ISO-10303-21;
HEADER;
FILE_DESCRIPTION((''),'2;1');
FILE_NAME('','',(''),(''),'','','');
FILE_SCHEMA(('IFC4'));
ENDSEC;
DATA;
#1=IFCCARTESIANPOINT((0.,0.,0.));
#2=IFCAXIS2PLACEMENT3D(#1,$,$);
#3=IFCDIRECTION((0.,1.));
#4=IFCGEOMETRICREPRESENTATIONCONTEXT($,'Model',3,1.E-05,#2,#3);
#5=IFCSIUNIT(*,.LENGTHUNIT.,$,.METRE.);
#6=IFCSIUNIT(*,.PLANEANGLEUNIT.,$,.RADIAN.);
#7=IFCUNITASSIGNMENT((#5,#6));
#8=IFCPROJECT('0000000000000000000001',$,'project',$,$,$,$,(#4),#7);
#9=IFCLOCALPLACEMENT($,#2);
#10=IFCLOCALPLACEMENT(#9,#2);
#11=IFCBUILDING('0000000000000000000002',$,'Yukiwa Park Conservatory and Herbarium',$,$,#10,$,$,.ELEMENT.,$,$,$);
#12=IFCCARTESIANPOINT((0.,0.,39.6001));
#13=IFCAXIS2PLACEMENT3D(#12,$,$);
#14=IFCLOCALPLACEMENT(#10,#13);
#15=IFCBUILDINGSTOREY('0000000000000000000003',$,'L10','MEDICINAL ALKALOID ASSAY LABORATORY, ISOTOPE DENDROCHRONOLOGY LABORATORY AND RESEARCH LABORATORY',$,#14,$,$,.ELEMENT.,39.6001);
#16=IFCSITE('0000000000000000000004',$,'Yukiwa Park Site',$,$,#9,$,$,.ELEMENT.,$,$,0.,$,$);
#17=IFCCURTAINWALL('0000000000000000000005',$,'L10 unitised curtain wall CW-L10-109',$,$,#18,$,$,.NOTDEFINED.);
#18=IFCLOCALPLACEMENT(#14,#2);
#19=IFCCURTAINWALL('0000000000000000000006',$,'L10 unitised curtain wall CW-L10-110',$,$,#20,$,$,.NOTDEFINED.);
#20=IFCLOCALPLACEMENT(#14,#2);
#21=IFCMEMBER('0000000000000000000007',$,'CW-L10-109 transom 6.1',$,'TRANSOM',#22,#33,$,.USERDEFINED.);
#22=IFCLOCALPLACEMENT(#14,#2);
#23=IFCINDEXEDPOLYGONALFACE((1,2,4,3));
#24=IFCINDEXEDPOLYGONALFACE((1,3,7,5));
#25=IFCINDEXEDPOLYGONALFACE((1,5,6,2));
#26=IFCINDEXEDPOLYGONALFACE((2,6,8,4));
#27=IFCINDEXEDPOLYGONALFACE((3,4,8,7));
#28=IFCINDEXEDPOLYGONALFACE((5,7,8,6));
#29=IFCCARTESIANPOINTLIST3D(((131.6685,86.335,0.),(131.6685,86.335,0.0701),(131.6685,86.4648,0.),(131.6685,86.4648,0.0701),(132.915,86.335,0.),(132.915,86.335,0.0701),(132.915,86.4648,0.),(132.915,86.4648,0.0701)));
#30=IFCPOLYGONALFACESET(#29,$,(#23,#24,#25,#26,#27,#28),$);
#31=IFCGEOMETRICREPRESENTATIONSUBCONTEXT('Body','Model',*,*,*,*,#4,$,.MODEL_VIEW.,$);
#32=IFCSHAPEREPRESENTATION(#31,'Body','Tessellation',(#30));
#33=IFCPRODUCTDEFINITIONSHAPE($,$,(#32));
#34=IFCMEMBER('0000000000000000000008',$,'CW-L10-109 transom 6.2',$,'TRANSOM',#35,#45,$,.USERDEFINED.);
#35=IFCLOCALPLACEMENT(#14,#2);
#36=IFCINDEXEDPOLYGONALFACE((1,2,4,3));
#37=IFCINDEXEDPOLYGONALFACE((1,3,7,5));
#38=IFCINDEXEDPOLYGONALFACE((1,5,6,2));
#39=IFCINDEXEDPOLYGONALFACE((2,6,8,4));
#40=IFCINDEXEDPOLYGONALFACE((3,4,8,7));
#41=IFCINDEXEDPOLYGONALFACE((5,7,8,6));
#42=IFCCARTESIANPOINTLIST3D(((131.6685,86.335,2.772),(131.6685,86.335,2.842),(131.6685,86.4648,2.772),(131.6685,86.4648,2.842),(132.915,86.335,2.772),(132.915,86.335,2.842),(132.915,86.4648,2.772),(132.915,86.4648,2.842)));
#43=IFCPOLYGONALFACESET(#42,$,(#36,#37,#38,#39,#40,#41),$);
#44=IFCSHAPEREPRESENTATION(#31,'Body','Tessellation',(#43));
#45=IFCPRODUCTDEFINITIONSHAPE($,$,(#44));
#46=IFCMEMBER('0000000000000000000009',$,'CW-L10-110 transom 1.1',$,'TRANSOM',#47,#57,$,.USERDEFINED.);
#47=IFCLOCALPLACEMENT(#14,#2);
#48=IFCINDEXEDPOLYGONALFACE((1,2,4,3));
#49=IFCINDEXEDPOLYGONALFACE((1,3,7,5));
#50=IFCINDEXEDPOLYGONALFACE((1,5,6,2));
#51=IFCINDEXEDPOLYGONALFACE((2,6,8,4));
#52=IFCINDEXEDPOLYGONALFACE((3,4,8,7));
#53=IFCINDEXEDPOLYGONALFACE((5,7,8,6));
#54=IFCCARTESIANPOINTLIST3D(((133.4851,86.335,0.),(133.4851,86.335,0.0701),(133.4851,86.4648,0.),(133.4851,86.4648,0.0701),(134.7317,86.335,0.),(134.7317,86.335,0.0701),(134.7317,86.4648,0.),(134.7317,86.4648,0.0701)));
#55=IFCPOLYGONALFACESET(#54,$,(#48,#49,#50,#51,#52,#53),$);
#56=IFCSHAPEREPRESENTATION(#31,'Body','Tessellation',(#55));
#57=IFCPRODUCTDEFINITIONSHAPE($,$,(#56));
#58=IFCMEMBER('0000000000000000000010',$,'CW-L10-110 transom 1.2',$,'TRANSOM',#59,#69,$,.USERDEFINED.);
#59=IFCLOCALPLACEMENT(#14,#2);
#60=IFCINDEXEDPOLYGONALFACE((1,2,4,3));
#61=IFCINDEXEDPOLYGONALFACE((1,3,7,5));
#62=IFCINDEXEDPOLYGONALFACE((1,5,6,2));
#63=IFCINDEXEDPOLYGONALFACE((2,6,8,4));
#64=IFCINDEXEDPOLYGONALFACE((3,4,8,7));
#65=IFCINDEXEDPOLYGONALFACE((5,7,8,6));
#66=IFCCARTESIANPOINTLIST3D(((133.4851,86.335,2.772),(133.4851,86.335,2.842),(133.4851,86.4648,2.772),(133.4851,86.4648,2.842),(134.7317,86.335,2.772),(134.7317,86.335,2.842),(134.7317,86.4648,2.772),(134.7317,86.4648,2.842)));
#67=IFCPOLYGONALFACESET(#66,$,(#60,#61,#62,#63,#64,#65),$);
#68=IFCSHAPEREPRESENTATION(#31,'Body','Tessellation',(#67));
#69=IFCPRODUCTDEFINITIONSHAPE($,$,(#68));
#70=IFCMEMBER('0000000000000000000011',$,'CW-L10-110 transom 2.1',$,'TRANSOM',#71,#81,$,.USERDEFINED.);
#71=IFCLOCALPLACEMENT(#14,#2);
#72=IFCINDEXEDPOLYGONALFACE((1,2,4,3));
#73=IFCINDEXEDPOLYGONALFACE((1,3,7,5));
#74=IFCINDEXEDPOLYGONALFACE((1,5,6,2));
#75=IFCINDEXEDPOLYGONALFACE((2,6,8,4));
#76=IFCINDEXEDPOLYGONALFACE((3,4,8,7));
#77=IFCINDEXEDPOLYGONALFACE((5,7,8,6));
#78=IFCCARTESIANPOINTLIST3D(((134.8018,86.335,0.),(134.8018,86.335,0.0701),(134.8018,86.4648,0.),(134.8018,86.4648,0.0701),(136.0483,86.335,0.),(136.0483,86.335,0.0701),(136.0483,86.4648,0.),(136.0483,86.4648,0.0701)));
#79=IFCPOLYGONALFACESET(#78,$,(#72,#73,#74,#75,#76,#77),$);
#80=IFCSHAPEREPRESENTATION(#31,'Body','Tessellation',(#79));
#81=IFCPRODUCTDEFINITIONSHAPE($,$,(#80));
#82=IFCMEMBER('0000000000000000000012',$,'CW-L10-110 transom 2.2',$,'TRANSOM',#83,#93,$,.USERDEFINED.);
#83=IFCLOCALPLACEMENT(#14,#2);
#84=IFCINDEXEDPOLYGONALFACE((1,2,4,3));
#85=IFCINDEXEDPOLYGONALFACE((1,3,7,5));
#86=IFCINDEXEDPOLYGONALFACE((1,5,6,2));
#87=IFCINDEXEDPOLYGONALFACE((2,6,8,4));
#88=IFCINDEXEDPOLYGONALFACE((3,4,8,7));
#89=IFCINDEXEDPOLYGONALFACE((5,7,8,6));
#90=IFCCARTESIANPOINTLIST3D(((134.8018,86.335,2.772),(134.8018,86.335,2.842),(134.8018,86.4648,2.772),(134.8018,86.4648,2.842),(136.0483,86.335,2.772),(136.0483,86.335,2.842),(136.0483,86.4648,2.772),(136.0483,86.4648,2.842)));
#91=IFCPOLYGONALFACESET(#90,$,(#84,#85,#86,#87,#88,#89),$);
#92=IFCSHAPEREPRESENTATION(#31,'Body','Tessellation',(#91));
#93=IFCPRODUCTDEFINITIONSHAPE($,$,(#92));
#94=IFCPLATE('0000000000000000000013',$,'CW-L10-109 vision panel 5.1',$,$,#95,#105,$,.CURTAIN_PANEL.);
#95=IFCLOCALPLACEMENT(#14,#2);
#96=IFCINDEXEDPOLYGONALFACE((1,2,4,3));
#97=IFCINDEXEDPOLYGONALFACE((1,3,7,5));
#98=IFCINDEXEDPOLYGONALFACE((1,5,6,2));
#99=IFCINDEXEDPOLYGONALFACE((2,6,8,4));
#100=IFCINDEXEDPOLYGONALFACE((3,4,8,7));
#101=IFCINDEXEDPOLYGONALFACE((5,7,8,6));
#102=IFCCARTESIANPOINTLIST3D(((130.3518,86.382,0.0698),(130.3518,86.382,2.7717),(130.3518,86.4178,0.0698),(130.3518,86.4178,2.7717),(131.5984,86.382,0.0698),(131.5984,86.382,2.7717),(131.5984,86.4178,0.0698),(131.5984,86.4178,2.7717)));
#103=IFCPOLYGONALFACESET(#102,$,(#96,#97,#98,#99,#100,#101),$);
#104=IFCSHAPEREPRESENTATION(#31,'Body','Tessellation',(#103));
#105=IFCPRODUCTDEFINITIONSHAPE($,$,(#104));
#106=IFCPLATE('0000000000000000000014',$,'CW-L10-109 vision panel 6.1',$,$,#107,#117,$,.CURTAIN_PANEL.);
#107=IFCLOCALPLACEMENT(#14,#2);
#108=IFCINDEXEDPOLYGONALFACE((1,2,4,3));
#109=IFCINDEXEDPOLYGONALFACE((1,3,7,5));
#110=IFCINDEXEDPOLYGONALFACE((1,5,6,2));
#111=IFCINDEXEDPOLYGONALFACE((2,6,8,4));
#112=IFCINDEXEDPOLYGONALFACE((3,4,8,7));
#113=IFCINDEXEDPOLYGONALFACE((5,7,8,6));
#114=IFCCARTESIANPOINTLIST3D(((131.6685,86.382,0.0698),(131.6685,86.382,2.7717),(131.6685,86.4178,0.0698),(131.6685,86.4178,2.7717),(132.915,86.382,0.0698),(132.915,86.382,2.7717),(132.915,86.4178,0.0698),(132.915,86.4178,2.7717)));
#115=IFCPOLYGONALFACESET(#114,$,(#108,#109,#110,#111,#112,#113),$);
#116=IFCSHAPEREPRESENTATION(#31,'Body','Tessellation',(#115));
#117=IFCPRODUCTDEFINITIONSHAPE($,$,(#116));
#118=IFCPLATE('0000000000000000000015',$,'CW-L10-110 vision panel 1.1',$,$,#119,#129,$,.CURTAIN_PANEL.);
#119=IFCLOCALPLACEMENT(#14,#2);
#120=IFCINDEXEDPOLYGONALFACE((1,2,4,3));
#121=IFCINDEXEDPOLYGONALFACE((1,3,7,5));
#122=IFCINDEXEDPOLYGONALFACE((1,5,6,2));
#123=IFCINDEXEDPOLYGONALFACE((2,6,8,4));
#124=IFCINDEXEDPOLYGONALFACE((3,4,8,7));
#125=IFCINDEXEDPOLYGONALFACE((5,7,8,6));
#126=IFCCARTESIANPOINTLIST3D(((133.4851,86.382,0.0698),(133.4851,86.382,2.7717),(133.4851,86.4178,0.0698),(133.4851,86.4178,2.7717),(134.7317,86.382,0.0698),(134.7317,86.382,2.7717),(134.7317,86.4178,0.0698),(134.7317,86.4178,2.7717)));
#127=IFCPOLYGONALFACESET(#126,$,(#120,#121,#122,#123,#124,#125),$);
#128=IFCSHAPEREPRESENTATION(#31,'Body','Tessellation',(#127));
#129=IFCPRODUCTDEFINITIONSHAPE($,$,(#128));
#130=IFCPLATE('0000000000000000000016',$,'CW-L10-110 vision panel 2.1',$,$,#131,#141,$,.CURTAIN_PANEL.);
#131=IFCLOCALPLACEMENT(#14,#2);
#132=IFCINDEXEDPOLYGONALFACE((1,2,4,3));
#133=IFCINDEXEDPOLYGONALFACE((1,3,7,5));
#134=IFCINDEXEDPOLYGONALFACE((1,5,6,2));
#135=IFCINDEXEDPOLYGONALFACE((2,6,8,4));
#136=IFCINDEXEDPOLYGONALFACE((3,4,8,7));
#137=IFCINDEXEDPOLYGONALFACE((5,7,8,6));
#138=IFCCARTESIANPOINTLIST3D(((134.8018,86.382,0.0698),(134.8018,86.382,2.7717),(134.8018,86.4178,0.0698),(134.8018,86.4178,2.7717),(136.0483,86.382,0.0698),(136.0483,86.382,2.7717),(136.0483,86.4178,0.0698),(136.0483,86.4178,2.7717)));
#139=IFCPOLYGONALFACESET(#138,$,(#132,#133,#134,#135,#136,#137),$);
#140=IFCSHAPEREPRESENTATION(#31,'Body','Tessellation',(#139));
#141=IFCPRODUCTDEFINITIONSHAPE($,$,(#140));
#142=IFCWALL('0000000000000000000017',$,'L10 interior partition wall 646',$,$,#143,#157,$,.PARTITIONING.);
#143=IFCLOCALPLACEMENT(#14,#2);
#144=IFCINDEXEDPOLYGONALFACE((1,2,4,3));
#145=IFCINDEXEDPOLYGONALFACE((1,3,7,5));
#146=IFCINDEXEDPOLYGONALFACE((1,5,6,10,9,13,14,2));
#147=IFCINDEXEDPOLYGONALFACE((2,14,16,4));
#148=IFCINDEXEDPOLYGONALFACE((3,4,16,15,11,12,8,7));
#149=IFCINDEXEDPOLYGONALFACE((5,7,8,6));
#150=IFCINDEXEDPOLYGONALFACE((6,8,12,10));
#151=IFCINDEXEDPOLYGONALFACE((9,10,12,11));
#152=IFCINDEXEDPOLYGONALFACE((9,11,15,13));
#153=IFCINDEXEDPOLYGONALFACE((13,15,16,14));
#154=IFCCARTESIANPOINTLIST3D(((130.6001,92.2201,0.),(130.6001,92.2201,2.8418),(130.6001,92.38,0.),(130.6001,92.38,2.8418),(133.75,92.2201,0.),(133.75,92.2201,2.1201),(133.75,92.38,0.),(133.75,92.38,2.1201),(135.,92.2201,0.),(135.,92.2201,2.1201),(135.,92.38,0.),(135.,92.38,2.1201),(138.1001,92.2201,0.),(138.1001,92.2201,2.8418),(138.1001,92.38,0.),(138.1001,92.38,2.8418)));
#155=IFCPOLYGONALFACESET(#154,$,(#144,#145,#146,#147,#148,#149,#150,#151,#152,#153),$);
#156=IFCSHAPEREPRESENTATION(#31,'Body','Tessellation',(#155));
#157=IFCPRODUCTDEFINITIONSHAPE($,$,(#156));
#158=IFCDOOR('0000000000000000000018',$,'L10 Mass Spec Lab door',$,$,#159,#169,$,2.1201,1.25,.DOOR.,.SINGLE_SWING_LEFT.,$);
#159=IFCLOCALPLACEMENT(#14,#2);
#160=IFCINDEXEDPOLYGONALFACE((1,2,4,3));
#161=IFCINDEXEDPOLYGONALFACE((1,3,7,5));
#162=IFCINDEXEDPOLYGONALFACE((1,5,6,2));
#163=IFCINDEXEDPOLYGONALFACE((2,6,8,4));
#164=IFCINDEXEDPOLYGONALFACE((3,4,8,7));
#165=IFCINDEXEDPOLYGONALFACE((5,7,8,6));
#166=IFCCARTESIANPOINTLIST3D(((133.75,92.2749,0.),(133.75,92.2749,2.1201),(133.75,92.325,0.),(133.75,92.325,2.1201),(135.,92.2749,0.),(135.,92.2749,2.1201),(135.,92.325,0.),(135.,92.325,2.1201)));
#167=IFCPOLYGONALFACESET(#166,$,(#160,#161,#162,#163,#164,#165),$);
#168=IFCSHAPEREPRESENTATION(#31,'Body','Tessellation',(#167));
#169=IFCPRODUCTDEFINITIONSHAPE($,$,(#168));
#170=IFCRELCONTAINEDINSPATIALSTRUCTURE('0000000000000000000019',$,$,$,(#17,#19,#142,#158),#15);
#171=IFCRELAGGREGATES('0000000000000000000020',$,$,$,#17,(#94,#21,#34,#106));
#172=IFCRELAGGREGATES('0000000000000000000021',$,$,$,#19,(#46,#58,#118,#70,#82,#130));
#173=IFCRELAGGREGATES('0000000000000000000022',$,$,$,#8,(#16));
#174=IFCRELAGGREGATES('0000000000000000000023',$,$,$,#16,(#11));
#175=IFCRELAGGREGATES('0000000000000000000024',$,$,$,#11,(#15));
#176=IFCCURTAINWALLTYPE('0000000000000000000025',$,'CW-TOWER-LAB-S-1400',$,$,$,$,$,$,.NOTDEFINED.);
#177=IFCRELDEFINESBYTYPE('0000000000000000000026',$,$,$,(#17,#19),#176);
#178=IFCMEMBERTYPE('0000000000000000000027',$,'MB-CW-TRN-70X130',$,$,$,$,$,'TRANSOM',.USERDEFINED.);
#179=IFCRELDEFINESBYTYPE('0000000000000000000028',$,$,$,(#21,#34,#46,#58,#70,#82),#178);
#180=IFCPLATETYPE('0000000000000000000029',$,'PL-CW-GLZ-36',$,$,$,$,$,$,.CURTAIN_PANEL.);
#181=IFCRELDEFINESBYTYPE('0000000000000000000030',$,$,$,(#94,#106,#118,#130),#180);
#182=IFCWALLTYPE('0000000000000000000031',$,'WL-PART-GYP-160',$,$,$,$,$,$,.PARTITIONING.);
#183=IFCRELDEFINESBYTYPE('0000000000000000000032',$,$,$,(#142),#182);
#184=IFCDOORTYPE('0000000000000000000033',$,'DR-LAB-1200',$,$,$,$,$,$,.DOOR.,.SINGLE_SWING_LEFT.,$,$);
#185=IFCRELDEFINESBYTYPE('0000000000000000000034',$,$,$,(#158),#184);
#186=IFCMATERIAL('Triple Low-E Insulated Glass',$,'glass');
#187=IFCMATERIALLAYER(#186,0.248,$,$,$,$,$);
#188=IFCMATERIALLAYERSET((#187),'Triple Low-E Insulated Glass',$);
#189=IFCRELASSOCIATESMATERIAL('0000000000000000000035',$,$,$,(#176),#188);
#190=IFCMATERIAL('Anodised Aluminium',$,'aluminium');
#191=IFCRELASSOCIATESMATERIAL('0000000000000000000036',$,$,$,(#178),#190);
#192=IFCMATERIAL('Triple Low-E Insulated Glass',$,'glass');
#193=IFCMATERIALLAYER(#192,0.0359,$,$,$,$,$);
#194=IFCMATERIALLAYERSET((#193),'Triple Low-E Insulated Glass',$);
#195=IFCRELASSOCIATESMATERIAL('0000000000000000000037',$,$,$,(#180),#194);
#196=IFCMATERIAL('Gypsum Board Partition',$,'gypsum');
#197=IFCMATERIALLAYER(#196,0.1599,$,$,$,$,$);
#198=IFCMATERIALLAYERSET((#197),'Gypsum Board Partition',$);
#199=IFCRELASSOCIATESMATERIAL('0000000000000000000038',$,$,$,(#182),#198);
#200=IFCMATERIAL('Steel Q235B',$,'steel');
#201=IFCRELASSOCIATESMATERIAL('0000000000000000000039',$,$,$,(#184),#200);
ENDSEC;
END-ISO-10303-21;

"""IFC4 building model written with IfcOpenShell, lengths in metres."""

from ifc_helpers import new_model, si_unit, direction, frame, frame_2d, origin, origin_2d, place, context, subcontext, project, spatial, rectangle, extrude, material, layer, layer_set, type_object, element, fill, aggregate, save


model = new_model("IFC4")

# Units and contexts
model_context = context("Model", 3, precision=1e-05, world=origin(), true_north=direction((0.0, 1.0)))
body_context = subcontext(model_context, "Body", "Model", "MODEL_VIEW")
ifc_project = project(units=[si_unit("LENGTHUNIT", "METRE"), si_unit("PLANEANGLEUNIT", "RADIAN")], contexts=[model_context])

# Site, building, storey
site_placement = place(None, origin())
site = spatial("IfcSite", under=ifc_project, at=site_placement, Name="Yukiwa Park Site", CompositionType="ELEMENT", RefElevation=0.0)
building_placement = place(site_placement, origin())
building = spatial("IfcBuilding", under=site, at=building_placement, Name="Yukiwa Park Conservatory and Herbarium", CompositionType="ELEMENT")
storey_placement = place(building_placement, frame((0.0, 0.0, 39.6001)))
storey = spatial("IfcBuildingStorey", under=building, at=storey_placement, Name="L10", Description="MEDICINAL ALKALOID ASSAY LABORATORY, ISOTOPE DENDROCHRONOLOGY LABORATORY AND RESEARCH LABORATORY", CompositionType="ELEMENT", Elevation=39.6001)

# Curtain walls
ifc_material_1 = material(Name="Triple Low-E Insulated Glass", Category="glass")
ifc_layer_1 = layer(ifc_material_1, 0.248)
ifc_layer_set_1 = layer_set([ifc_layer_1], Name="Triple Low-E Insulated Glass")
curtain_wall_type = type_object("IfcCurtainWallType", Name="CW-TOWER-LAB-S-1400", PredefinedType="NOTDEFINED", material=ifc_layer_set_1)
curtain_wall_1_placement = place(storey_placement, origin())
curtain_wall_1 = element("IfcCurtainWall", 1, at=curtain_wall_1_placement, inside=storey, type_object=curtain_wall_type, Name="L10 unitised curtain wall CW-L10-109", PredefinedType="NOTDEFINED")
curtain_wall_2_placement = place(storey_placement, origin())
curtain_wall_2 = element("IfcCurtainWall", 2, at=curtain_wall_2_placement, inside=storey, type_object=curtain_wall_type, Name="L10 unitised curtain wall CW-L10-110", PredefinedType="NOTDEFINED")

# Members
ifc_material_2 = material(Name="Anodised Aluminium", Category="aluminium")
member_type_1 = type_object("IfcMemberType", Name="MB-CW-TRN-70X130", ElementType="TRANSOM", PredefinedType="USERDEFINED", material=ifc_material_2)
member_1_placement = place(storey_placement, frame((132.2917, 86.3999, 0.0), z_axis=(0.0, 0.0, 1.0), x_axis=(1.0, 0.0, 0.0)))
member_1 = element("IfcMember", 3, at=member_1_placement, type_object=member_type_1, Name="CW-L10-109 transom 6.1", ObjectType="TRANSOM", PredefinedType="USERDEFINED", context=body_context, shape_type="SweptSolid", body=[
    extrude(rectangle(XDim=1.2466, YDim=0.1299, at=origin_2d()), origin(), (0.0, 0.0, 1.0), 0.0701),
])
member_2_placement = place(storey_placement, frame((132.2917, 86.3999, 2.772), z_axis=(0.0, 0.0, 1.0), x_axis=(1.0, 0.0, 0.0)))
member_2 = element("IfcMember", 4, at=member_2_placement, type_object=member_type_1, Name="CW-L10-109 transom 6.2", ObjectType="TRANSOM", PredefinedType="USERDEFINED", context=body_context, shape_type="SweptSolid", body=[
    extrude(rectangle(XDim=1.2466, YDim=0.1299, at=origin_2d()), origin(), (0.0, 0.0, 1.0), 0.0701),
])
member_3_placement = place(storey_placement, frame((134.1084, 86.3999, 0.0), z_axis=(0.0, 0.0, 1.0), x_axis=(1.0, 0.0, 0.0)))
member_3 = element("IfcMember", 5, at=member_3_placement, type_object=member_type_1, Name="CW-L10-110 transom 1.1", ObjectType="TRANSOM", PredefinedType="USERDEFINED", context=body_context, shape_type="SweptSolid", body=[
    extrude(rectangle(XDim=1.2466, YDim=0.1299, at=origin_2d()), origin(), (0.0, 0.0, 1.0), 0.0701),
])
member_4_placement = place(storey_placement, frame((134.1084, 86.3999, 2.772), z_axis=(0.0, 0.0, 1.0), x_axis=(1.0, 0.0, 0.0)))
member_4 = element("IfcMember", 6, at=member_4_placement, type_object=member_type_1, Name="CW-L10-110 transom 1.2", ObjectType="TRANSOM", PredefinedType="USERDEFINED", context=body_context, shape_type="SweptSolid", body=[
    extrude(rectangle(XDim=1.2466, YDim=0.1299, at=origin_2d()), origin(), (0.0, 0.0, 1.0), 0.0701),
])
member_5_placement = place(storey_placement, frame((135.425, 86.3999, 0.0), z_axis=(0.0, 0.0, 1.0), x_axis=(1.0, 0.0, 0.0)))
member_5 = element("IfcMember", 7, at=member_5_placement, type_object=member_type_1, Name="CW-L10-110 transom 2.1", ObjectType="TRANSOM", PredefinedType="USERDEFINED", context=body_context, shape_type="SweptSolid", body=[
    extrude(rectangle(XDim=1.2466, YDim=0.1299, at=origin_2d()), origin(), (0.0, 0.0, 1.0), 0.0701),
])
member_6_placement = place(storey_placement, frame((135.425, 86.3999, 2.772), z_axis=(0.0, 0.0, 1.0), x_axis=(1.0, 0.0, 0.0)))
member_6 = element("IfcMember", 8, at=member_6_placement, type_object=member_type_1, Name="CW-L10-110 transom 2.2", ObjectType="TRANSOM", PredefinedType="USERDEFINED", context=body_context, shape_type="SweptSolid", body=[
    extrude(rectangle(XDim=1.2466, YDim=0.1299, at=origin_2d()), origin(), (0.0, 0.0, 1.0), 0.0701),
])

# Plates
ifc_material_3 = material(Name="Triple Low-E Insulated Glass", Category="glass")
ifc_layer_2 = layer(ifc_material_3, 0.0359)
ifc_layer_set_2 = layer_set([ifc_layer_2], Name="Triple Low-E Insulated Glass")
plate_type = type_object("IfcPlateType", Name="PL-CW-GLZ-36", PredefinedType="CURTAIN_PANEL", material=ifc_layer_set_2)
plate_1_placement = place(storey_placement, frame((130.9751, 86.3999, 0.0698), z_axis=(0.0, 0.0, 1.0), x_axis=(1.0, 0.0, 0.0)))
plate_1 = element("IfcPlate", 9, at=plate_1_placement, type_object=plate_type, Name="CW-L10-109 vision panel 5.1", PredefinedType="CURTAIN_PANEL", context=body_context, shape_type="SweptSolid", body=[
    extrude(rectangle(XDim=1.2466, YDim=0.0359, at=origin_2d()), origin(), (0.0, 0.0, 1.0), 2.7019),
])
plate_2_placement = place(storey_placement, frame((132.2917, 86.3999, 0.0698), z_axis=(0.0, 0.0, 1.0), x_axis=(1.0, 0.0, 0.0)))
plate_2 = element("IfcPlate", 10, at=plate_2_placement, type_object=plate_type, Name="CW-L10-109 vision panel 6.1", PredefinedType="CURTAIN_PANEL", context=body_context, shape_type="SweptSolid", body=[
    extrude(rectangle(XDim=1.2466, YDim=0.0359, at=origin_2d()), origin(), (0.0, 0.0, 1.0), 2.7019),
])
aggregate(curtain_wall_1, [plate_1, member_1, member_2, plate_2])
plate_3_placement = place(storey_placement, frame((134.1084, 86.3999, 0.0698), z_axis=(0.0, 0.0, 1.0), x_axis=(1.0, 0.0, 0.0)))
plate_3 = element("IfcPlate", 11, at=plate_3_placement, type_object=plate_type, Name="CW-L10-110 vision panel 1.1", PredefinedType="CURTAIN_PANEL", context=body_context, shape_type="SweptSolid", body=[
    extrude(rectangle(XDim=1.2466, YDim=0.0359, at=origin_2d()), origin(), (0.0, 0.0, 1.0), 2.7019),
])
plate_4_placement = place(storey_placement, frame((135.425, 86.3999, 0.0698), z_axis=(0.0, 0.0, 1.0), x_axis=(1.0, 0.0, 0.0)))
plate_4 = element("IfcPlate", 12, at=plate_4_placement, type_object=plate_type, Name="CW-L10-110 vision panel 2.1", PredefinedType="CURTAIN_PANEL", context=body_context, shape_type="SweptSolid", body=[
    extrude(rectangle(XDim=1.2466, YDim=0.0359, at=origin_2d()), origin(), (0.0, 0.0, 1.0), 2.7019),
])
aggregate(curtain_wall_2, [member_3, member_4, plate_3, member_5, member_6, plate_4])

# Wall, opening, door
ifc_material_4 = material(Name="Gypsum Board Partition", Category="gypsum")
ifc_layer_3 = layer(ifc_material_4, 0.1599)
ifc_layer_set_3 = layer_set([ifc_layer_3], Name="Gypsum Board Partition")
wall_type = type_object("IfcWallType", Name="WL-PART-GYP-160", PredefinedType="PARTITIONING", material=ifc_layer_set_3)
wall_placement = place(storey_placement, frame((130.6001, 92.3, 0.0), z_axis=(0.0, 0.0, 1.0), x_axis=(1.0, 0.0, 0.0)))
wall = element("IfcWall", 13, at=wall_placement, inside=storey, type_object=wall_type, Name="L10 interior partition wall 646", PredefinedType="PARTITIONING", context=body_context, shape_type="SweptSolid", body=[
    extrude(rectangle(XDim=7.5, YDim=0.1599, at=frame_2d((3.75, 0.0))), origin(), (0.0, 0.0, 1.0), 2.8418),
])
opening_placement = place(wall_placement, frame((3.1499, 0.0, 0.0)))
opening = element("IfcOpeningElement", 14, at=opening_placement, cuts=wall, PredefinedType="OPENING", context=body_context, shape_type="SweptSolid", body=[
    extrude(rectangle(XDim=1.25, YDim=2.1201, at=frame_2d((0.625, 1.0601))), frame((0.0, 0.0898, 0.0), z_axis=(0.0, -1.0, 0.0), x_axis=(1.0, 0.0, 0.0)), (0.0, 0.0, 1.0), 0.1799),
])
ifc_material_5 = material(Name="Steel Q235B", Category="steel")
door_type = type_object("IfcDoorType", Name="DR-LAB-1200", OperationType="SINGLE_SWING_LEFT", PredefinedType="DOOR", material=ifc_material_5)
door_placement = place(opening_placement, origin())
door = element("IfcDoor", 15, at=door_placement, inside=storey, type_object=door_type, Name="L10 Mass Spec Lab door", OperationType="SINGLE_SWING_LEFT", OverallHeight=2.1201, OverallWidth=1.25, PredefinedType="DOOR", context=body_context, shape_type="SweptSolid", body=[
    extrude(rectangle(XDim=1.25, YDim=2.1201, at=frame_2d((0.625, 1.0601))), frame((0.0, 0.0249, 0.0), z_axis=(0.0, -1.0, 0.0), x_axis=(1.0, 0.0, 0.0)), (0.0, 0.0, 1.0), 0.05),
])
fill(opening, door)

save(model, "model.ifc")
